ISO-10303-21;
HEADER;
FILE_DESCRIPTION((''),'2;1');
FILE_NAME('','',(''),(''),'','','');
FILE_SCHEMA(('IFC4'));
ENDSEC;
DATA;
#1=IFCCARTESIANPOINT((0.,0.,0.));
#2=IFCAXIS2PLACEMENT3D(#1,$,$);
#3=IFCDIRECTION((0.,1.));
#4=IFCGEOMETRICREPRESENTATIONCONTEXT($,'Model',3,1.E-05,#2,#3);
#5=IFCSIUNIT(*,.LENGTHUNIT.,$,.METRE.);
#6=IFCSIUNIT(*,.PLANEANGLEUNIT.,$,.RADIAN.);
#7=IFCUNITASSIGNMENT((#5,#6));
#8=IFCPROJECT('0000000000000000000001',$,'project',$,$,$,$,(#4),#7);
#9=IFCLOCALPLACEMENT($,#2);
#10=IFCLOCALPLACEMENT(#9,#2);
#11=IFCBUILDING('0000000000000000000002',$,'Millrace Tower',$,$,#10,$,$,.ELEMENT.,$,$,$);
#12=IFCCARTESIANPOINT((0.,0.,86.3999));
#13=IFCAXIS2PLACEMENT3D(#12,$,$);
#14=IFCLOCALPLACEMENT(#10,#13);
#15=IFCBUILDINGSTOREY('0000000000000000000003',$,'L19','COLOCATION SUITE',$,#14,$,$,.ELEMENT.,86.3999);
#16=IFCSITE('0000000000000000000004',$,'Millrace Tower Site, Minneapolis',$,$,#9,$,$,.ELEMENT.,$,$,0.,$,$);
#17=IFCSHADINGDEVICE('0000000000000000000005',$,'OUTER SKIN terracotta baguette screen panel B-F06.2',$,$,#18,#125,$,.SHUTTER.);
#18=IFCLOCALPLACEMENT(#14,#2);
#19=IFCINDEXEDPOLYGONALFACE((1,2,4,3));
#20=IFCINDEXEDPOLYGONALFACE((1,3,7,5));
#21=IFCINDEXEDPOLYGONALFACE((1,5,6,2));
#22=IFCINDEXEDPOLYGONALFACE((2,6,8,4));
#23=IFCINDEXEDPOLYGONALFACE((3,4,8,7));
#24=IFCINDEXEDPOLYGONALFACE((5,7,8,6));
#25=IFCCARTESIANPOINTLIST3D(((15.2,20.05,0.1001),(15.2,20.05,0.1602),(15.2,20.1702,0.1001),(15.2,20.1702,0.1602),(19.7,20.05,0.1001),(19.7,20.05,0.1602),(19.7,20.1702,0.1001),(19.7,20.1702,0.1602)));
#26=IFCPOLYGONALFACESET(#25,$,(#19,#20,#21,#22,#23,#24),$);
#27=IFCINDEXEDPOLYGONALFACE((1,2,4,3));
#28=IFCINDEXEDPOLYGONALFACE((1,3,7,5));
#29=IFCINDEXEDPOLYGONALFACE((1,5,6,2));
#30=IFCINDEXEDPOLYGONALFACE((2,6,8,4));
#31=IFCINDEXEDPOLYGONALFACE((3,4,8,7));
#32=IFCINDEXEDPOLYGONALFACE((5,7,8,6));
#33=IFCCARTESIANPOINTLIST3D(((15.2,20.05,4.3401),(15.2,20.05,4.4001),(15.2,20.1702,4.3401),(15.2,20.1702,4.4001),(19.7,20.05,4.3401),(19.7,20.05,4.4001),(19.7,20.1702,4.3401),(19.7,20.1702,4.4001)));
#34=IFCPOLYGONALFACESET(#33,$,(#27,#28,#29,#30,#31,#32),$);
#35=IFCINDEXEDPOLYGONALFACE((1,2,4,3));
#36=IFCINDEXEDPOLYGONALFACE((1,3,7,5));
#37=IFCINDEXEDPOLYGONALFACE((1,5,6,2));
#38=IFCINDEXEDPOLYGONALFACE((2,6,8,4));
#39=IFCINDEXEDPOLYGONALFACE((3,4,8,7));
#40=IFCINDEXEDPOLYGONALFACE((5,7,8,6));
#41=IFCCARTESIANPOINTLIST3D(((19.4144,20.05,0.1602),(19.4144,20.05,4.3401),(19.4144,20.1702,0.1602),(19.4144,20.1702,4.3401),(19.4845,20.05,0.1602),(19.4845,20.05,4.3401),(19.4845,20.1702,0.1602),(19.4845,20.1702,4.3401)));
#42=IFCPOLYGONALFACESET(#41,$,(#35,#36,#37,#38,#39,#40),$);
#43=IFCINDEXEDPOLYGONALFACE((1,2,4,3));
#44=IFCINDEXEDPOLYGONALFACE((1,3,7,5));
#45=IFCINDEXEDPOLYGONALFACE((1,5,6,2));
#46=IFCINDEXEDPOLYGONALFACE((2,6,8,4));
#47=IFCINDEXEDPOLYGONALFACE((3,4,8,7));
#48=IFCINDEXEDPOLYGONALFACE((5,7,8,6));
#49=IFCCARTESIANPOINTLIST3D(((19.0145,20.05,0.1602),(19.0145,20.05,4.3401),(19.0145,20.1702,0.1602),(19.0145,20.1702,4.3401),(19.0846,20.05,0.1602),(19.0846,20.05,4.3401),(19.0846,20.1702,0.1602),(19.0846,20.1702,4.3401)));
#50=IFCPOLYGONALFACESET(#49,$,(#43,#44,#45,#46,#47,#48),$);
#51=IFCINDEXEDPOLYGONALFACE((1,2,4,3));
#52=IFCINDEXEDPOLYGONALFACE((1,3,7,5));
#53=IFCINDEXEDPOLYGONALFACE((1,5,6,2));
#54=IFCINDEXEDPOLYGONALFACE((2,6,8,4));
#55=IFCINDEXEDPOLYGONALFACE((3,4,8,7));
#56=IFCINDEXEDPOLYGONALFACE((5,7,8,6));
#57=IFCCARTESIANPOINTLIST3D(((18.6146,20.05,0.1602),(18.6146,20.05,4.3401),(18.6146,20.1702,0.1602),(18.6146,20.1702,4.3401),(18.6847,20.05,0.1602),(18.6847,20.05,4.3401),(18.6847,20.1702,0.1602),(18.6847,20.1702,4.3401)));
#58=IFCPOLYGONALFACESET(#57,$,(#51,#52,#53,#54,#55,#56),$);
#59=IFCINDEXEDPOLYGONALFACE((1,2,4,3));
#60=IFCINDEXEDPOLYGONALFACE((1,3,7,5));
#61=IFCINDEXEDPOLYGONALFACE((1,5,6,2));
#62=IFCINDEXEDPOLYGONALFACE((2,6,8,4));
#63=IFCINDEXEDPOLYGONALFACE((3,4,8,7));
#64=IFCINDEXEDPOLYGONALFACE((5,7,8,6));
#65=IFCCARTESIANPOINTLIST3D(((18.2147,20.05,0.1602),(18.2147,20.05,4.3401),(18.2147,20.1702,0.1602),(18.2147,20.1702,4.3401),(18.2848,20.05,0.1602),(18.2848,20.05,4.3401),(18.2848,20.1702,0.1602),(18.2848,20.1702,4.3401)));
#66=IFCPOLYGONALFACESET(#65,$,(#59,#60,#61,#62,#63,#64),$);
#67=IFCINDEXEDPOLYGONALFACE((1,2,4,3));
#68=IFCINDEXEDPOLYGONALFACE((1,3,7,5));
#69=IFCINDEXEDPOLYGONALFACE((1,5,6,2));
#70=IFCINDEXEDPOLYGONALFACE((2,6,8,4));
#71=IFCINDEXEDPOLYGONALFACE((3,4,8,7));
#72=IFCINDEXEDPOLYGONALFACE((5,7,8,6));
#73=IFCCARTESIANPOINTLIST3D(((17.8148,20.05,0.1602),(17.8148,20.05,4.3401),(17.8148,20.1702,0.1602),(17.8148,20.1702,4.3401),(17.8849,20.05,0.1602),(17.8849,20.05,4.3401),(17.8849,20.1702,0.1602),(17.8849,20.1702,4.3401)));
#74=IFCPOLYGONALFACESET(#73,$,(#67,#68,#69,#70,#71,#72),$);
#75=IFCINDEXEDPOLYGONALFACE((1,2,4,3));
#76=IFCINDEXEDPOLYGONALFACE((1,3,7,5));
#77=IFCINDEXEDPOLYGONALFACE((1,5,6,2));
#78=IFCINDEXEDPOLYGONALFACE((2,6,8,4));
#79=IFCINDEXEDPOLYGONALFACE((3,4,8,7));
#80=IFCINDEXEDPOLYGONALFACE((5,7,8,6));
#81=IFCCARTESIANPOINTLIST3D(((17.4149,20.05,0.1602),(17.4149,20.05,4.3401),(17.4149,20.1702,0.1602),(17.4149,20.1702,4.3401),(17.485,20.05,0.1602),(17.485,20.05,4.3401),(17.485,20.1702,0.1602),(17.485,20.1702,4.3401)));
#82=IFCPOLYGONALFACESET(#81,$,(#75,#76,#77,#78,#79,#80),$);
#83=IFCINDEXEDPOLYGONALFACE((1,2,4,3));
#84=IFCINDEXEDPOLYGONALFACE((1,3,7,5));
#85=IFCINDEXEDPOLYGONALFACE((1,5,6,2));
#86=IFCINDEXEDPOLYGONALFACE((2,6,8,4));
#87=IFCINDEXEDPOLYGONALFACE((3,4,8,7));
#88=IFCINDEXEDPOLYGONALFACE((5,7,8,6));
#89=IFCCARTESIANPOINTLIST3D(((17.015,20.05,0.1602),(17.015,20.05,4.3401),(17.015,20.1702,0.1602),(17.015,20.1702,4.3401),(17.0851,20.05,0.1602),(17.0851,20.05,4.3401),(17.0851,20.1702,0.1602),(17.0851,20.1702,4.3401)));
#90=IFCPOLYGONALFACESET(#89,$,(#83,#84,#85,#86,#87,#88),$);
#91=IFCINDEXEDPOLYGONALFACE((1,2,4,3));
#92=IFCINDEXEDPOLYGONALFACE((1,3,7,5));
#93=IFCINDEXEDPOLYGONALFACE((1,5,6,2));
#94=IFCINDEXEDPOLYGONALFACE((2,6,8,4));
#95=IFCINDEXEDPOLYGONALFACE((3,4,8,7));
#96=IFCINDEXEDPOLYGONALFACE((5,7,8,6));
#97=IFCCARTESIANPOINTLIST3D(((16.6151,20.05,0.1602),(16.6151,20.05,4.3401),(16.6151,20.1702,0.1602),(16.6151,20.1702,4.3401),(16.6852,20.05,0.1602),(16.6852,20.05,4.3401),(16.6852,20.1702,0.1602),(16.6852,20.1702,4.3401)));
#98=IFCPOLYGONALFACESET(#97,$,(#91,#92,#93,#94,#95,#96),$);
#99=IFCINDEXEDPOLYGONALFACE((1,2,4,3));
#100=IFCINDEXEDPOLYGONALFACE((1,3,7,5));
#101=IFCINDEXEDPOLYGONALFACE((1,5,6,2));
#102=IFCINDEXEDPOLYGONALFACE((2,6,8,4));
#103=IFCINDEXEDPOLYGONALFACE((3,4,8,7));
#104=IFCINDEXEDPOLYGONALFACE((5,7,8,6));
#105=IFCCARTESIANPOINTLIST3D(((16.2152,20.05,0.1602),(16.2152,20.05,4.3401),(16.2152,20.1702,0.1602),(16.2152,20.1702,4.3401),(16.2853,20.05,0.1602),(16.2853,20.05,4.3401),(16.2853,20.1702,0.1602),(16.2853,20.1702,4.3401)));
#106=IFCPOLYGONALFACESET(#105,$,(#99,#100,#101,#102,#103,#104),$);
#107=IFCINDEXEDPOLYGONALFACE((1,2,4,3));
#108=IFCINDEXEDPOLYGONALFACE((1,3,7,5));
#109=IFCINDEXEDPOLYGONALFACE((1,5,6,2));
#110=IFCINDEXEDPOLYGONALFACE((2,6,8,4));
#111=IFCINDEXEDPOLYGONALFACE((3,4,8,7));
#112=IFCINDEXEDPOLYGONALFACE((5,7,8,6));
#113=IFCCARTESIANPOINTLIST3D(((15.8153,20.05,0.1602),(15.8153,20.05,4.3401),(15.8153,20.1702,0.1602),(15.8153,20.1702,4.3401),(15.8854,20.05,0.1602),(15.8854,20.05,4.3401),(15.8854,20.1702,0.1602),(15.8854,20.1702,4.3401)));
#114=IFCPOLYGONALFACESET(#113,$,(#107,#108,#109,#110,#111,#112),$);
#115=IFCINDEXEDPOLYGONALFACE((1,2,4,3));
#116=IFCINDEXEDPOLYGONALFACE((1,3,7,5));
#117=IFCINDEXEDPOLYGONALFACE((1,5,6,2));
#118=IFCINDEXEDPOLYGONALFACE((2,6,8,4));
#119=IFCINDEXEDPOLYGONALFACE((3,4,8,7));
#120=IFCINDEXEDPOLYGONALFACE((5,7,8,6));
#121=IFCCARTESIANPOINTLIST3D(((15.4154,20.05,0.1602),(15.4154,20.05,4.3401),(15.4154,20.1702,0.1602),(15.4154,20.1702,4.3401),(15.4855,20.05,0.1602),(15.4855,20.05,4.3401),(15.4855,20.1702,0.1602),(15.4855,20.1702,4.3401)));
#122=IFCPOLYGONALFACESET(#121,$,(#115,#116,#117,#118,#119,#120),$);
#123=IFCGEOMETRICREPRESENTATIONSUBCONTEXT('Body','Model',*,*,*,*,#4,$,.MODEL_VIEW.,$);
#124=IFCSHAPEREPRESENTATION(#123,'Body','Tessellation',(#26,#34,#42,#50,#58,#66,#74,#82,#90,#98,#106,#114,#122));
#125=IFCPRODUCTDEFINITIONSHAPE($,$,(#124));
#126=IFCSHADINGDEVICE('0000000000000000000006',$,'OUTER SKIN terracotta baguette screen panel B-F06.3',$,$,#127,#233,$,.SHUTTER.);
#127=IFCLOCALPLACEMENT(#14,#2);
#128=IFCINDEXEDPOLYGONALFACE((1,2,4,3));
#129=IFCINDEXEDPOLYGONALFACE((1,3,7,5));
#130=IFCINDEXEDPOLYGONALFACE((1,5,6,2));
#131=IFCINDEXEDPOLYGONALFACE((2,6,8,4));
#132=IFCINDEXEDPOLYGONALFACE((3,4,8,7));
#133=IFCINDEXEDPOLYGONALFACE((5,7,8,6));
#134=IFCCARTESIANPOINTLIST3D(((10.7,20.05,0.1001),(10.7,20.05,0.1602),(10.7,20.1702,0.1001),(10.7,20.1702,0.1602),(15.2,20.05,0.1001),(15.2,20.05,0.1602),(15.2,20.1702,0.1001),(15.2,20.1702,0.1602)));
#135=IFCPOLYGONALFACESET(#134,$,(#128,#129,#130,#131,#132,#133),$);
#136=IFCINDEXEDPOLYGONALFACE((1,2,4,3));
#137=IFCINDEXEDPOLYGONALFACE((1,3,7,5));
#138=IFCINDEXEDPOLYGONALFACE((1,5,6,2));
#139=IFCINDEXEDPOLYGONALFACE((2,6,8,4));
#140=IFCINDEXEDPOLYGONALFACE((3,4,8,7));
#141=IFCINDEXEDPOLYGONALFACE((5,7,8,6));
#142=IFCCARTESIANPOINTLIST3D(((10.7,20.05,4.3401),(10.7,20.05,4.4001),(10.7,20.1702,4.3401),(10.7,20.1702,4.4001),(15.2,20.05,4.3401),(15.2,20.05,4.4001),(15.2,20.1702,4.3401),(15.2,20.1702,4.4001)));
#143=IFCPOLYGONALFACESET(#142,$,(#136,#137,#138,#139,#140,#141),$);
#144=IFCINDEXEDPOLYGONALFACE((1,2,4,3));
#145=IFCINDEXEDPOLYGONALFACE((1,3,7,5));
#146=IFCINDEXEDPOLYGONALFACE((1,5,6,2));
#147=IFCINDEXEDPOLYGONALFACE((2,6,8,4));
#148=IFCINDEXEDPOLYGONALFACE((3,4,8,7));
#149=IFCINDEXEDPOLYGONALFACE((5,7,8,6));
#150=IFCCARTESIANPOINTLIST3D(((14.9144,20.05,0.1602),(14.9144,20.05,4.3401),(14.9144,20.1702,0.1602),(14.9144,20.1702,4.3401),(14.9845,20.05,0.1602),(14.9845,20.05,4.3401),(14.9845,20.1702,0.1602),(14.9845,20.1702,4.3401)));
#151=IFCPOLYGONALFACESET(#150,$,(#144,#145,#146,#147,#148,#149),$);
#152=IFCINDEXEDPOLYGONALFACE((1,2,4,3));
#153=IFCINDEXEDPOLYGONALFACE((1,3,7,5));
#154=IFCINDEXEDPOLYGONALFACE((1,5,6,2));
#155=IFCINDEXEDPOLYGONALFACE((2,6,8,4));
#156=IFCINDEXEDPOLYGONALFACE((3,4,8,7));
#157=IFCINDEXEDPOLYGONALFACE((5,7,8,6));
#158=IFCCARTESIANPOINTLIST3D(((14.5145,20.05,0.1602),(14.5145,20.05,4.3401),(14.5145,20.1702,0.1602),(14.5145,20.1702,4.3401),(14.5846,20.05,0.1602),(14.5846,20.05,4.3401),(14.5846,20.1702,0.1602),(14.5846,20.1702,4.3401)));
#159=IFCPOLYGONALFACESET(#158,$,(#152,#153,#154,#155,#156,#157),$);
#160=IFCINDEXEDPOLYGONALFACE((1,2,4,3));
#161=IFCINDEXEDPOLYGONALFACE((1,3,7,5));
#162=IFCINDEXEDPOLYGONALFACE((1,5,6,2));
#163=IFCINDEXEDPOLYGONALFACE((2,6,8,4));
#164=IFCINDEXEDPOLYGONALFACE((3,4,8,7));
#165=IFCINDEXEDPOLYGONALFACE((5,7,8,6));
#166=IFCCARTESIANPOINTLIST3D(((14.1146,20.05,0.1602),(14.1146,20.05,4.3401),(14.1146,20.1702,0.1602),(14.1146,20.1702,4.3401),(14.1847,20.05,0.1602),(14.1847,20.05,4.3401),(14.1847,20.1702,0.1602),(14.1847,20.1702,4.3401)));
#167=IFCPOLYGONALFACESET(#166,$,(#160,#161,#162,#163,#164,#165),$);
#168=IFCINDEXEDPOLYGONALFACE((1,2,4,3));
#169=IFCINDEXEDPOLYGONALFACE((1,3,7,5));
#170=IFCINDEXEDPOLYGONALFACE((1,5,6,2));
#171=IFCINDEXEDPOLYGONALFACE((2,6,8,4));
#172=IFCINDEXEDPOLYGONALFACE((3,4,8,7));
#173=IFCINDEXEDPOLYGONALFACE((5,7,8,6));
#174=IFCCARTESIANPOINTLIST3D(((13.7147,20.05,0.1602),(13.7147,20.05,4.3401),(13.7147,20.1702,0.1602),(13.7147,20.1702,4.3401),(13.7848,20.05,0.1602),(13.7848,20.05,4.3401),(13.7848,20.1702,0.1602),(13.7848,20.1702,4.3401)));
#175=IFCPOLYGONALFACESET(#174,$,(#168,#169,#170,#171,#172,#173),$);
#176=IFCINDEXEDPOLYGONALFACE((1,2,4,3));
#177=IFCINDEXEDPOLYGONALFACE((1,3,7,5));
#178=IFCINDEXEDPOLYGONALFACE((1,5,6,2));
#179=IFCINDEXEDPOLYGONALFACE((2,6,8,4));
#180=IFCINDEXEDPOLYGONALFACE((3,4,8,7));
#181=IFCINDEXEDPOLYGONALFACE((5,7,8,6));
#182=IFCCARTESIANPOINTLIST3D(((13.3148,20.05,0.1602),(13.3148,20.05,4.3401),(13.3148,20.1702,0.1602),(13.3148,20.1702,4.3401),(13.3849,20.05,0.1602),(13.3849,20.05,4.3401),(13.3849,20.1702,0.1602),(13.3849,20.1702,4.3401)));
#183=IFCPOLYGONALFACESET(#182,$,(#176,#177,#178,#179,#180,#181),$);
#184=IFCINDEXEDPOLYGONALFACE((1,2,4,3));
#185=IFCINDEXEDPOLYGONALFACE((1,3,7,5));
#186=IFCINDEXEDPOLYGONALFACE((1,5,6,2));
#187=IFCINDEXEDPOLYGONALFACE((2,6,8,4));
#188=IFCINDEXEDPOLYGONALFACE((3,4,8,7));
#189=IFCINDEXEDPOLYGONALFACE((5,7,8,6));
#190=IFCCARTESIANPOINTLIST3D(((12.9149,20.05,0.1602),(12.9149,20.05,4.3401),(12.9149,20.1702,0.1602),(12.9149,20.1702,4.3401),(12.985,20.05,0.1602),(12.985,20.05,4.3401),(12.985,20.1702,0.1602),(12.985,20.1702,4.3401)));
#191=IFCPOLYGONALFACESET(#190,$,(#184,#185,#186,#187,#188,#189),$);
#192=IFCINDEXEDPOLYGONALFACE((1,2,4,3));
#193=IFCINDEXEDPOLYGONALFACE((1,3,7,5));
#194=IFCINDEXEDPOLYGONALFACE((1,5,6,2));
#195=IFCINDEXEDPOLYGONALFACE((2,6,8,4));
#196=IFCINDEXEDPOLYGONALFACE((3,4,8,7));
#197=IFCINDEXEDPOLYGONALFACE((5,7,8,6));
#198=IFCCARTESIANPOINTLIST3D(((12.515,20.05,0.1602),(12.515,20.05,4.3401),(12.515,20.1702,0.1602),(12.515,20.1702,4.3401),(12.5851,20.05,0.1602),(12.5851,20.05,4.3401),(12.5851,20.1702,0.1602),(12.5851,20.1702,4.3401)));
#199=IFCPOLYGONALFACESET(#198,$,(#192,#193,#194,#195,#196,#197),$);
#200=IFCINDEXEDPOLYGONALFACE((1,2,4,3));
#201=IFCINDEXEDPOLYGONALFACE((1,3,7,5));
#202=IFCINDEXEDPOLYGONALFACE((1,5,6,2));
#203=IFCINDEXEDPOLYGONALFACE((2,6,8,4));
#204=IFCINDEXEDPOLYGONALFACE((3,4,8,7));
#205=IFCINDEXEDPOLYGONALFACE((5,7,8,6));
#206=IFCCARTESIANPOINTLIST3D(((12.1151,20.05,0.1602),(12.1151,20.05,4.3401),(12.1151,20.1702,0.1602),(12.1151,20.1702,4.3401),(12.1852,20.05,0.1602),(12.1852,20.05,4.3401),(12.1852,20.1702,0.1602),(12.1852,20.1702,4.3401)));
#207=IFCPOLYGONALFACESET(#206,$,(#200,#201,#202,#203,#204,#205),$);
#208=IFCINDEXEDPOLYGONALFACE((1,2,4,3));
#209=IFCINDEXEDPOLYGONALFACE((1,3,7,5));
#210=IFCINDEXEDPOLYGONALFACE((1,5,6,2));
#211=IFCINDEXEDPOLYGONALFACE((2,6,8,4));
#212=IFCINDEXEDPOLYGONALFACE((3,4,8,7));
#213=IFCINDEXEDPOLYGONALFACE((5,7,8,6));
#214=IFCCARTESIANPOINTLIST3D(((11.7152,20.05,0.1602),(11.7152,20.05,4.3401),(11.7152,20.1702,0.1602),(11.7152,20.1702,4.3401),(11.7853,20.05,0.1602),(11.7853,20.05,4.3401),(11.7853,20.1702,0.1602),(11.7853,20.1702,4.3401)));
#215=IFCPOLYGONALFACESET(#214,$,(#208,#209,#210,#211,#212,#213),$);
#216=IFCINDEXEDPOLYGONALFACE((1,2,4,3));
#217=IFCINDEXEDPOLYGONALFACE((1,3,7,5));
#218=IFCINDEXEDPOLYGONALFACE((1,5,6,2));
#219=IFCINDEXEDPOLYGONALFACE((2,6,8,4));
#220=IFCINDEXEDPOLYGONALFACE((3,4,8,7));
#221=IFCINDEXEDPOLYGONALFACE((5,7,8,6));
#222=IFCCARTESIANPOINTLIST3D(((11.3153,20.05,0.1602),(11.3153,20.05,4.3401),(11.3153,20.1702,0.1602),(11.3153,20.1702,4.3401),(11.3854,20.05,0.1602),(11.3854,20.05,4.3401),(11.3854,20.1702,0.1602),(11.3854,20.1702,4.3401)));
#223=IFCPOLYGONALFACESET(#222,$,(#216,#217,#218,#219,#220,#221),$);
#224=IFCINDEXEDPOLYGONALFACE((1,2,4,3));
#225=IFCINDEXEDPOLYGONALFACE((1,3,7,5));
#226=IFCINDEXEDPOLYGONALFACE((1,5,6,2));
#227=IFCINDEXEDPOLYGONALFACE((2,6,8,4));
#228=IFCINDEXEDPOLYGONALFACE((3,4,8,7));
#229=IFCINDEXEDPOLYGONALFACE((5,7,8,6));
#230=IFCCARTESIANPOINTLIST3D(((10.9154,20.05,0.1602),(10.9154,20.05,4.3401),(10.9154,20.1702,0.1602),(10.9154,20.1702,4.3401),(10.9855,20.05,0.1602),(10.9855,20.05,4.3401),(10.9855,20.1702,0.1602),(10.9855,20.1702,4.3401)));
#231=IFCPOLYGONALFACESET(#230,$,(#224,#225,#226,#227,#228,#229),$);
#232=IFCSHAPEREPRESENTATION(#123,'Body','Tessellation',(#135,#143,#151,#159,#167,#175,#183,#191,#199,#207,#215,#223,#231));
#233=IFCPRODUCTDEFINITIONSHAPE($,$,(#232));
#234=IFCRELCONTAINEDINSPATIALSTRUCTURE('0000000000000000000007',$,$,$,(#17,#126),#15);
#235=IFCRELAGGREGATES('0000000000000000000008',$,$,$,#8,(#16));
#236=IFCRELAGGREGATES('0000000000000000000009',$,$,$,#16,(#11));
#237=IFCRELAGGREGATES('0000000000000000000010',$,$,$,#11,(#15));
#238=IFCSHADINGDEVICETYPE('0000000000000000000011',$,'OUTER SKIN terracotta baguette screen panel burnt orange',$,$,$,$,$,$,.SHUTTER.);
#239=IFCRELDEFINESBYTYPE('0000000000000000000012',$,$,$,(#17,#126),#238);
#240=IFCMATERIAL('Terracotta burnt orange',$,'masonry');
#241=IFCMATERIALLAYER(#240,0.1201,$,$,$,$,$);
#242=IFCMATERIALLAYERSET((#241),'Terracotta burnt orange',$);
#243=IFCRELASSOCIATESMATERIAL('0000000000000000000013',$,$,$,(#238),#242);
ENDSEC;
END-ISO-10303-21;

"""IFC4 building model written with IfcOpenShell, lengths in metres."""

from ifc_helpers import new_model, entity, si_unit, direction, frame, frame_2d, origin, origin_2d, place, context, subcontext, project, spatial, rectangle, extrude, source, transform, mapped, material, layer, layer_set, type_object, element, save


model = new_model("IFC4")

# Units and contexts
model_context = context("Model", 3, precision=1e-05, world=origin(), true_north=direction((0.0, 1.0)))
body_context = subcontext(model_context, "Body", "Model", "MODEL_VIEW")
ifc_project = project(units=[si_unit("LENGTHUNIT", "METRE"), si_unit("PLANEANGLEUNIT", "RADIAN")], contexts=[model_context])

# Site, building, storey
site_placement = place(None, origin())
site = spatial("IfcSite", under=ifc_project, at=site_placement, Name="Millrace Tower Site, Minneapolis", CompositionType="ELEMENT", RefElevation=0.0)
building_placement = place(site_placement, origin())
building = spatial("IfcBuilding", under=site, at=building_placement, Name="Millrace Tower", CompositionType="ELEMENT")
storey_placement = place(building_placement, frame((0.0, 0.0, 86.3999)))
storey = spatial("IfcBuildingStorey", under=building, at=storey_placement, Name="L19", Description="COLOCATION SUITE", CompositionType="ELEMENT", Elevation=86.3999)

# Shading devices
ifc_material_1 = material(Name="Terracotta burnt orange", Category="masonry")
ifc_layer_1 = layer(ifc_material_1, 0.1201)
ifc_layer_set_1 = layer_set([ifc_layer_1], Name="Terracotta burnt orange")
shading_device_type = type_object("IfcShadingDeviceType", Name="OUTER SKIN terracotta baguette screen panel burnt orange", PredefinedType="SHUTTER", material=ifc_layer_set_1)
cartesian_point_1 = entity("IfcCartesianPoint", [-2.25, 0.0601])
shared_polyline_1 = entity("IfcPolyline", [cartesian_point_1, entity("IfcCartesianPoint", [2.25, 0.0601]), entity("IfcCartesianPoint", [2.25, -0.0601]), entity("IfcCartesianPoint", [-2.25, -0.0601]), cartesian_point_1])
shared_shape_1 = source(origin(), body_context, "Body", "SweptSolid", [
    entity("IfcExtrudedAreaSolid", entity("IfcArbitraryClosedProfileDef", "AREA", None, shared_polyline_1), entity("IfcAxis2Placement3D", entity("IfcCartesianPoint", [0.0, 0.0, 0.0])), entity("IfcDirection", [0.0, 0.0, 1.0]), 0.0601),
    entity("IfcExtrudedAreaSolid", entity("IfcArbitraryClosedProfileDef", "AREA", None, shared_polyline_1), entity("IfcAxis2Placement3D", entity("IfcCartesianPoint", [0.0, 0.0, 4.24])), entity("IfcDirection", [0.0, 0.0, 1.0]), 0.0601),
    extrude(rectangle(XDim=0.0701, YDim=0.1201, at=frame_2d((-1.9995, 0.0))), frame((0.0, 0.0, 0.0601)), (0.0, 0.0, 1.0), 4.1799),
    extrude(rectangle(XDim=0.0701, YDim=0.1201, at=frame_2d((-1.5996, 0.0))), frame((0.0, 0.0, 0.0601)), (0.0, 0.0, 1.0), 4.1799),
    extrude(rectangle(XDim=0.0701, YDim=0.1201, at=frame_2d((-1.1997, 0.0))), frame((0.0, 0.0, 0.0601)), (0.0, 0.0, 1.0), 4.1799),
    extrude(rectangle(XDim=0.0701, YDim=0.1201, at=frame_2d((-0.7998, 0.0))), frame((0.0, 0.0, 0.0601)), (0.0, 0.0, 1.0), 4.1799),
    extrude(rectangle(XDim=0.0701, YDim=0.1201, at=frame_2d((-0.3999, 0.0))), frame((0.0, 0.0, 0.0601)), (0.0, 0.0, 1.0), 4.1799),
    extrude(rectangle(XDim=0.0701, YDim=0.1201, at=origin_2d()), frame((0.0, 0.0, 0.0601)), (0.0, 0.0, 1.0), 4.1799),
    extrude(rectangle(XDim=0.0701, YDim=0.1201, at=frame_2d((0.3999, 0.0))), frame((0.0, 0.0, 0.0601)), (0.0, 0.0, 1.0), 4.1799),
    extrude(rectangle(XDim=0.0701, YDim=0.1201, at=frame_2d((0.7998, 0.0))), frame((0.0, 0.0, 0.0601)), (0.0, 0.0, 1.0), 4.1799),
    extrude(rectangle(XDim=0.0701, YDim=0.1201, at=frame_2d((1.1997, 0.0))), frame((0.0, 0.0, 0.0601)), (0.0, 0.0, 1.0), 4.1799),
    extrude(rectangle(XDim=0.0701, YDim=0.1201, at=frame_2d((1.5996, 0.0))), frame((0.0, 0.0, 0.0601)), (0.0, 0.0, 1.0), 4.1799),
    extrude(rectangle(XDim=0.0701, YDim=0.1201, at=frame_2d((1.9995, 0.0))), frame((0.0, 0.0, 0.0601)), (0.0, 0.0, 1.0), 4.1799),
])
for number, where, z_axis, x_axis, name in (
    (1, (17.45, 20.1101, 0.1001), (0.0, 0.0, 1.0), (-1.0, 0.0, 0.0), "OUTER SKIN terracotta baguette screen panel B-F06.2"),
    (2, (12.95, 20.1101, 0.1001), (0.0, 0.0, 1.0), (-1.0, 0.0, 0.0), "OUTER SKIN terracotta baguette screen panel B-F06.3"),
):
    element("IfcShadingDevice", number, at=place(storey_placement, frame(where, z_axis=z_axis, x_axis=x_axis)), inside=storey, type_object=shading_device_type, Name=name, PredefinedType="SHUTTER", context=body_context, shape_type="MappedRepresentation", body=[
        mapped(shared_shape_1, transform((0.0, 0.0, 0.0), scale=1.0)),
    ])

save(model, "model.ifc")
